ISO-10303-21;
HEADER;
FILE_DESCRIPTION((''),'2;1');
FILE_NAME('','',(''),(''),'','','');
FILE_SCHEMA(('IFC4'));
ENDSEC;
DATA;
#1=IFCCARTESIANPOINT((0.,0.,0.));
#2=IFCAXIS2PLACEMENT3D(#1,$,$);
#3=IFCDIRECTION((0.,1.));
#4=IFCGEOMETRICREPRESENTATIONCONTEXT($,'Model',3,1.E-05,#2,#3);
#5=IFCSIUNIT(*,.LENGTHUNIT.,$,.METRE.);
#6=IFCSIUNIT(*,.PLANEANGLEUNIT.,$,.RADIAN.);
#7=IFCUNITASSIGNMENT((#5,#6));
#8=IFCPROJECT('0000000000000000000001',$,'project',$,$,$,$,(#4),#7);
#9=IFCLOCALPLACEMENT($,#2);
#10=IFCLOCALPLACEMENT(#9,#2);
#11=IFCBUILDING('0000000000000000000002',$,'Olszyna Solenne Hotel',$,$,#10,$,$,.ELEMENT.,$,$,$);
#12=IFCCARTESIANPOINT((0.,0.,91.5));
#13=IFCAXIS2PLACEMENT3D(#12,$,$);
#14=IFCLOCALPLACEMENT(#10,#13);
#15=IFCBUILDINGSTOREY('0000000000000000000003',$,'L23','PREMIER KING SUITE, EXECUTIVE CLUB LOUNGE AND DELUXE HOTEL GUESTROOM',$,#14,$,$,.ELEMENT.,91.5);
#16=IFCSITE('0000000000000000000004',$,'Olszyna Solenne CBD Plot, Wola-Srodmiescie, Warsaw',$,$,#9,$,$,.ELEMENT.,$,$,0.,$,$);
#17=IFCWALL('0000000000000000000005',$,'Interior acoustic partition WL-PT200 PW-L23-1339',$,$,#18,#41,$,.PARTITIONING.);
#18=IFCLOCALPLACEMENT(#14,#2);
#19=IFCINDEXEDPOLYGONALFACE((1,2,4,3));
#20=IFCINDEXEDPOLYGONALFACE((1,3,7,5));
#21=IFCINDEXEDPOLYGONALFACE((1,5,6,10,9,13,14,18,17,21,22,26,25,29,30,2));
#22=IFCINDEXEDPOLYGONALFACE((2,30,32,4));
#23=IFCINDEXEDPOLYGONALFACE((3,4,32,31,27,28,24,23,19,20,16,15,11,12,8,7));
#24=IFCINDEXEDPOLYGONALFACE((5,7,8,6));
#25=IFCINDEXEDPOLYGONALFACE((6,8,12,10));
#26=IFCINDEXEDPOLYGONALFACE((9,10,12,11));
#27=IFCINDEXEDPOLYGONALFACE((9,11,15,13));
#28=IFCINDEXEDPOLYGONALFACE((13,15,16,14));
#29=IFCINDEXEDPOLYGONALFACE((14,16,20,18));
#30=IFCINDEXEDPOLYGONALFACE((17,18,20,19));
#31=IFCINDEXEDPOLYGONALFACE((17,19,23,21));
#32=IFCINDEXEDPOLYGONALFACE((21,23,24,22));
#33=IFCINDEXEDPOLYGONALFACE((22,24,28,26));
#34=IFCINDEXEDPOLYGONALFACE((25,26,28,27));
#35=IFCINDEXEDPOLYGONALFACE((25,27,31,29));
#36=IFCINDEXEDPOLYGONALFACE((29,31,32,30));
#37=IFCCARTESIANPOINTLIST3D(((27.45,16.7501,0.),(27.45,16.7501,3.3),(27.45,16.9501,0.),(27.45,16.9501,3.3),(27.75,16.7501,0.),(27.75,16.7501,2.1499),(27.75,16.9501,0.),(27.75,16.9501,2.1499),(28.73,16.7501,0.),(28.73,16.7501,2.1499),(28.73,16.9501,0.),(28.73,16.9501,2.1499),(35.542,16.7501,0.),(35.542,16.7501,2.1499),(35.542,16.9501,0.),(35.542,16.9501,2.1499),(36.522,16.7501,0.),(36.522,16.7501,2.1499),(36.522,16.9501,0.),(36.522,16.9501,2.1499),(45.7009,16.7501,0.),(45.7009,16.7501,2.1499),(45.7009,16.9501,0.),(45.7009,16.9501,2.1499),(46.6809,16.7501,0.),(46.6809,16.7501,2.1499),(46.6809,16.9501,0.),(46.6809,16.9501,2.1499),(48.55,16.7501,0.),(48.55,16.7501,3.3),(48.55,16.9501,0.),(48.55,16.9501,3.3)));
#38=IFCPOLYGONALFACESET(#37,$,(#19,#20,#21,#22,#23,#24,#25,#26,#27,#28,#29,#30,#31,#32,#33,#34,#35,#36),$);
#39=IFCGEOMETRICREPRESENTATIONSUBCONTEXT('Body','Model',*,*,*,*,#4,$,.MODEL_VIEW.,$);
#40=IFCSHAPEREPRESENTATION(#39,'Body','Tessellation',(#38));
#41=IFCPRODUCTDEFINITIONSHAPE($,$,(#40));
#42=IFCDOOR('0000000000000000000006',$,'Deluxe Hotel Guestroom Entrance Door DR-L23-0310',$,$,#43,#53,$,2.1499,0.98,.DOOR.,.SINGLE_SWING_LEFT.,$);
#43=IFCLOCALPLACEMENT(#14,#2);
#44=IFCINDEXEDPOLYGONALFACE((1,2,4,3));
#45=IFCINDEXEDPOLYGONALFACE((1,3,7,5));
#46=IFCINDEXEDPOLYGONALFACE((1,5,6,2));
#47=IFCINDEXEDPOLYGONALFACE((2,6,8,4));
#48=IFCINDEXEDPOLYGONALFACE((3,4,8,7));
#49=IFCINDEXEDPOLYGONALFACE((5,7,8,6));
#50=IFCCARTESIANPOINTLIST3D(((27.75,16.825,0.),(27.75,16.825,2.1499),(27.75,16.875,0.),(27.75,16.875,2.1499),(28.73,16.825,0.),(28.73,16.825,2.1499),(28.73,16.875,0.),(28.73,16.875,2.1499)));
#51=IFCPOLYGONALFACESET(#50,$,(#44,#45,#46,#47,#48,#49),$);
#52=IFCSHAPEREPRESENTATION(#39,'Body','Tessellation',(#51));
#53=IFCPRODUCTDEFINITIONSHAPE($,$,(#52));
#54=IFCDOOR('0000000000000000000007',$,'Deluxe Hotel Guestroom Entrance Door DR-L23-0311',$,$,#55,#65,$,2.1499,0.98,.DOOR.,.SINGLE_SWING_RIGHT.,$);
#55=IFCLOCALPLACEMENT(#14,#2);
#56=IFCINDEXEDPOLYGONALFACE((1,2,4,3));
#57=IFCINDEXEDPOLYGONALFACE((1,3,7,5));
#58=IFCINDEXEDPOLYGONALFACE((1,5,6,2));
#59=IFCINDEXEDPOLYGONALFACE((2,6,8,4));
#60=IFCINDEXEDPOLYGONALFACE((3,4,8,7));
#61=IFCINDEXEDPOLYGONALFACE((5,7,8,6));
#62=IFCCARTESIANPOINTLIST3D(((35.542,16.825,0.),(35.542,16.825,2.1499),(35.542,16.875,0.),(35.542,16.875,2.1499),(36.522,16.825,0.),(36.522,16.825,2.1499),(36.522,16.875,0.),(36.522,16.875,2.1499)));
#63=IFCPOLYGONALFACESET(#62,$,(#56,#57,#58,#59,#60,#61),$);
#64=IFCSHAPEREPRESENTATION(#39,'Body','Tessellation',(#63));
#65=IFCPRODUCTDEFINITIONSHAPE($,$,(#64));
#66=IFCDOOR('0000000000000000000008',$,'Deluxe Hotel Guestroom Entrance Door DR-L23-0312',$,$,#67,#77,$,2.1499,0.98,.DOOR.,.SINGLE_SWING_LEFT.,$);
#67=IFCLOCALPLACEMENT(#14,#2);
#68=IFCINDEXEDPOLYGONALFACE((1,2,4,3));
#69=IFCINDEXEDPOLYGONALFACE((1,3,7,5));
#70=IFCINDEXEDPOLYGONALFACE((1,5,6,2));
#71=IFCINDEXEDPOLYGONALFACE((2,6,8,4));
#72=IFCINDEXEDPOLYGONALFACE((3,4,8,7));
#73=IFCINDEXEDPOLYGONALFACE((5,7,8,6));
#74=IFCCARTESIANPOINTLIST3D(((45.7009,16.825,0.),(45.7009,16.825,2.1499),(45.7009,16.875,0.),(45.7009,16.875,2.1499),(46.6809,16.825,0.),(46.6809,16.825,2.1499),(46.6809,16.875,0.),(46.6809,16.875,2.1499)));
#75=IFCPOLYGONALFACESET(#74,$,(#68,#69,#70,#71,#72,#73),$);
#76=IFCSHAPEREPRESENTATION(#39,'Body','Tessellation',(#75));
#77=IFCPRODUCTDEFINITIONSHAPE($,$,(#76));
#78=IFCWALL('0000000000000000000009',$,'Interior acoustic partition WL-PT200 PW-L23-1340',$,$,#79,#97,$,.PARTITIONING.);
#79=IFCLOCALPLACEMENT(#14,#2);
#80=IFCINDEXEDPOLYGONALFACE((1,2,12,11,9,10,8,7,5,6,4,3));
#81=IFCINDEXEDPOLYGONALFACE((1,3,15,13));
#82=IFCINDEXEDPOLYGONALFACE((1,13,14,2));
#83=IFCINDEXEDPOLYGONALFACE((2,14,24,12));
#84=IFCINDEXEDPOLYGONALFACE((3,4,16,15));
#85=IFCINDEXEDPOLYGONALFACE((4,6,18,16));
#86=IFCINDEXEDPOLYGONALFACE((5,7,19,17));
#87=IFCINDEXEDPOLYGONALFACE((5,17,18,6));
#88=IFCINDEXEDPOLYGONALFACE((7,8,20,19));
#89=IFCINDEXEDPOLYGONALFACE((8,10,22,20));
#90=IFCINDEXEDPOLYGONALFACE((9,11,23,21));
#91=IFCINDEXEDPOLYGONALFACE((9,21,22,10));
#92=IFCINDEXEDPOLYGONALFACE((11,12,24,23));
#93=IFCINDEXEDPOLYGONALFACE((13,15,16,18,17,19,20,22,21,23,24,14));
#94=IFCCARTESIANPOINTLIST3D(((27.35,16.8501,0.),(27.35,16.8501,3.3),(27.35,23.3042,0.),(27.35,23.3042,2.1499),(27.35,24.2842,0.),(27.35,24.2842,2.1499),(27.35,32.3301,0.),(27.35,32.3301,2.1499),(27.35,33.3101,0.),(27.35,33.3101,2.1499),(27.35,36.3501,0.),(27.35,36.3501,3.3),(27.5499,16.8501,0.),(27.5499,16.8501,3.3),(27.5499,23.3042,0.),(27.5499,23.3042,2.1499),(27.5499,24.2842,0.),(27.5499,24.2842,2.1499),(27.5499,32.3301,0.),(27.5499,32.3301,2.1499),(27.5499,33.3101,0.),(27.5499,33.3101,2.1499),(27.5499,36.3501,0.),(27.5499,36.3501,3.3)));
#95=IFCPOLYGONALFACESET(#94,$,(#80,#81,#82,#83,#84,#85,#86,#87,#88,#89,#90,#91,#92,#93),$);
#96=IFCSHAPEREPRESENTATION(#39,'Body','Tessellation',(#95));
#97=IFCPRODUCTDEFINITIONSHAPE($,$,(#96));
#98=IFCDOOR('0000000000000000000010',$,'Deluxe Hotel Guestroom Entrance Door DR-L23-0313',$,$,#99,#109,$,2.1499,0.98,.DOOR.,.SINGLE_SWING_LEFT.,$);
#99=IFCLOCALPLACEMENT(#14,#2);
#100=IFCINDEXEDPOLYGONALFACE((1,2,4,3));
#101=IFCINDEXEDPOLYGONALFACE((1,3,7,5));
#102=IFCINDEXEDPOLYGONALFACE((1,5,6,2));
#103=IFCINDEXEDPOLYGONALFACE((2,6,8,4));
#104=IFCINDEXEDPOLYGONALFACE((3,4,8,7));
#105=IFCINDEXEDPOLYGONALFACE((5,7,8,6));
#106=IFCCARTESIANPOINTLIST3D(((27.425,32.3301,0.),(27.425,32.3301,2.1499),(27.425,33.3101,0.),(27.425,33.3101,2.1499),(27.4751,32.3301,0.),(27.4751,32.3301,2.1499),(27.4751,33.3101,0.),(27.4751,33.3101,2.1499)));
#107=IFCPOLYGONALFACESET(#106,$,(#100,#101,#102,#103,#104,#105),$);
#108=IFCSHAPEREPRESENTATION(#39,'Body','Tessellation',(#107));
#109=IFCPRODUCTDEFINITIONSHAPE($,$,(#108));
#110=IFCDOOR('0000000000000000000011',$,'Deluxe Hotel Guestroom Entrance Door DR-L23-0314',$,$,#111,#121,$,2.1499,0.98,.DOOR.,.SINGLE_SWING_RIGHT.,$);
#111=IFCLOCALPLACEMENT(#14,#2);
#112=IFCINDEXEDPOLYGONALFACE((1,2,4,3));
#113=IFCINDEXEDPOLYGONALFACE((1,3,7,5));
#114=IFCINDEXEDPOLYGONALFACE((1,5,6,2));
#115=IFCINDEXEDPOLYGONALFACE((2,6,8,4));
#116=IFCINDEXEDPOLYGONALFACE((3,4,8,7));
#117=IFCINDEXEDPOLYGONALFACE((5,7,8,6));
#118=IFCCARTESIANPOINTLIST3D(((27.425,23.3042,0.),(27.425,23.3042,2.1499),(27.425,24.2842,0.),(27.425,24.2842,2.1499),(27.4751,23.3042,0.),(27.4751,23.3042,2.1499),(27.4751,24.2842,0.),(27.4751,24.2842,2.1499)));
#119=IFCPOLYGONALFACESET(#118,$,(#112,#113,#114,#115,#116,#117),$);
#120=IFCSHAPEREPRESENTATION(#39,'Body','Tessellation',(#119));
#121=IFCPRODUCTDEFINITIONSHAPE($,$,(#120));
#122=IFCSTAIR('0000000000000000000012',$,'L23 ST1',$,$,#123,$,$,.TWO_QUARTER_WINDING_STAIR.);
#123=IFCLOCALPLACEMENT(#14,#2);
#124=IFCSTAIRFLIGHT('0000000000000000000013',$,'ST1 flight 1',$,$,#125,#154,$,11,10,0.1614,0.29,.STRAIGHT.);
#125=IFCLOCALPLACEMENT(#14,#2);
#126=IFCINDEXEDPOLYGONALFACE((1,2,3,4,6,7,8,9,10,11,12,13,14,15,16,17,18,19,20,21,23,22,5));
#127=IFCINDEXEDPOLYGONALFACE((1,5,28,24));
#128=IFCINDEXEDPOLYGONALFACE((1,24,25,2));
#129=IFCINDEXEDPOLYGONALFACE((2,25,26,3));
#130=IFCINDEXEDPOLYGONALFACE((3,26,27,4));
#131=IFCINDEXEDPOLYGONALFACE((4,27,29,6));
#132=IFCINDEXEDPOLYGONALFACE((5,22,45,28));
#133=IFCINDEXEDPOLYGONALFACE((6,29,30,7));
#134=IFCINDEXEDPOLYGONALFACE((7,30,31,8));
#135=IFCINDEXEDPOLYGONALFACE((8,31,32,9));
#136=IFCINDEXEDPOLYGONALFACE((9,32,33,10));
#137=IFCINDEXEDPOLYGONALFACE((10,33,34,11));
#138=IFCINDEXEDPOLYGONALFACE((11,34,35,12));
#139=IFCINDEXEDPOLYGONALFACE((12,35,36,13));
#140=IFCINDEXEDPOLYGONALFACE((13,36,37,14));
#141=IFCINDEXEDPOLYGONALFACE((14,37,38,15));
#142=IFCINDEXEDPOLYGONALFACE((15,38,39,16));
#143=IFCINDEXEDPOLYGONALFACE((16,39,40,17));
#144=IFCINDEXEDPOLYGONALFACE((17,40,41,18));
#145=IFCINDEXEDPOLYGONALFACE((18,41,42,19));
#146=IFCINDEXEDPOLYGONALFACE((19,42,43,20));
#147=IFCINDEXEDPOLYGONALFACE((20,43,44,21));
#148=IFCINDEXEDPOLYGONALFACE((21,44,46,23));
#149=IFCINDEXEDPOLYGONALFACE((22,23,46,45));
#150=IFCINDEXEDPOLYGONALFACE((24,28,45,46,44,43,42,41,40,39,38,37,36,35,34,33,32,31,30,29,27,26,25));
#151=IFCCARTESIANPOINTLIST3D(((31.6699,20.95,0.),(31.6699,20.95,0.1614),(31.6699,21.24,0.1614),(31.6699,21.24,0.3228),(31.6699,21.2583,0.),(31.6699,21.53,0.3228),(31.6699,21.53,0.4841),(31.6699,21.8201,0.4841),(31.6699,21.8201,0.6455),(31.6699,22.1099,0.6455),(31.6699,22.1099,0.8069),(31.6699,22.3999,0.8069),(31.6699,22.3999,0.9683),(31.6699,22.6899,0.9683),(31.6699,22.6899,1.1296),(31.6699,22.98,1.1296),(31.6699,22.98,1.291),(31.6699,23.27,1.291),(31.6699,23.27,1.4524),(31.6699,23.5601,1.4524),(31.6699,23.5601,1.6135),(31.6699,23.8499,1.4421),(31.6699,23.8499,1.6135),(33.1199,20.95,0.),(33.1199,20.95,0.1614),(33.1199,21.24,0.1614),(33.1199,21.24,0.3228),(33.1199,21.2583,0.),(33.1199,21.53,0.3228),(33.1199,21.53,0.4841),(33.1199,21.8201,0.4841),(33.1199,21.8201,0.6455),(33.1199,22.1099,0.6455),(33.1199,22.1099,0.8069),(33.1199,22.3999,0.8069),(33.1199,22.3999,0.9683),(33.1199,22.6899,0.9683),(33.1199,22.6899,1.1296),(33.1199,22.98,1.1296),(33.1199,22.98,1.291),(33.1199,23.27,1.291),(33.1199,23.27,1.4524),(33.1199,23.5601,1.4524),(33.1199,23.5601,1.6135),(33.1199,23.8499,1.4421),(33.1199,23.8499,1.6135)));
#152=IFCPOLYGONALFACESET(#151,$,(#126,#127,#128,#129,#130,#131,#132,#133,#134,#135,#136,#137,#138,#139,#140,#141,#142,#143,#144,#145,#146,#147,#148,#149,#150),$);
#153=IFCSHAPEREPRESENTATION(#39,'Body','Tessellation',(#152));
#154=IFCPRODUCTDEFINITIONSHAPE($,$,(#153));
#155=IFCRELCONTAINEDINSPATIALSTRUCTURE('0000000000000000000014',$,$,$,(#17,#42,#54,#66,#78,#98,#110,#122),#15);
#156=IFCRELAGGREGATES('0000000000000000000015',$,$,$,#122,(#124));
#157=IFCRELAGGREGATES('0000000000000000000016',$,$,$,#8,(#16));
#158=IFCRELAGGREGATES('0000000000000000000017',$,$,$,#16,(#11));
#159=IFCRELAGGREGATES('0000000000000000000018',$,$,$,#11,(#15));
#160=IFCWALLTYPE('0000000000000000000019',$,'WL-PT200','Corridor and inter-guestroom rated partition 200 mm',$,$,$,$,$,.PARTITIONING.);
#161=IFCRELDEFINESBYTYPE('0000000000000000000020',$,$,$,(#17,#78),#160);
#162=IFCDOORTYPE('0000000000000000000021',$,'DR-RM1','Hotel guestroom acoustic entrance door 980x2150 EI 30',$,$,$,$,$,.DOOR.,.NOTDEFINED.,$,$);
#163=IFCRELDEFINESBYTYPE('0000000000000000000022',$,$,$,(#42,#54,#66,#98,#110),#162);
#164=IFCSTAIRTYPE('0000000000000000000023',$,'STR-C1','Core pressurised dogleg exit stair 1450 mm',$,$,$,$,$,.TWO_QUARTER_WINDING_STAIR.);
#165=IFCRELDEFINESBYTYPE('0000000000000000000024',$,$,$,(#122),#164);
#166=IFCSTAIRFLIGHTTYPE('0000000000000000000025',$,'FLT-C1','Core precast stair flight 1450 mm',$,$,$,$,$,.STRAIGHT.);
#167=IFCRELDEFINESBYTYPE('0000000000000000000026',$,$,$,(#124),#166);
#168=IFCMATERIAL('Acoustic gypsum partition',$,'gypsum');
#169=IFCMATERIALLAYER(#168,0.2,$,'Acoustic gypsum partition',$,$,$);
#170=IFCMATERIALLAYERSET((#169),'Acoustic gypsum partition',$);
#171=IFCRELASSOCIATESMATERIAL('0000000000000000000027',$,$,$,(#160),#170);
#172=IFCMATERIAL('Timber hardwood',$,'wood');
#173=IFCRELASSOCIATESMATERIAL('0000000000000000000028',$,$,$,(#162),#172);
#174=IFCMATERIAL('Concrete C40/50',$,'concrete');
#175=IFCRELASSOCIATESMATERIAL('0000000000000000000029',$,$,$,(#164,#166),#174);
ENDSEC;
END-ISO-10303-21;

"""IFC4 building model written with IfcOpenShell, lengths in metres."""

from ifc_helpers import new_model, si_unit, direction, frame, frame_2d, origin, place, context, subcontext, project, spatial, polyline, rectangle, outline, extrude, source, transform, mapped, material, layer, layer_set, type_object, type_shapes, element, fill, aggregate, save


model = new_model("IFC4")

# Units and contexts
model_context = context("Model", 3, precision=1e-05, world=origin(), true_north=direction((0.0, 1.0)))
body_context = subcontext(model_context, "Body", "Model", "MODEL_VIEW")
ifc_project = project(units=[si_unit("LENGTHUNIT", "METRE"), si_unit("PLANEANGLEUNIT", "RADIAN")], contexts=[model_context])

# Site, building, storey
site_placement = place(None, origin())
site = spatial("IfcSite", under=ifc_project, at=site_placement, Name="Olszyna Solenne CBD Plot, Wola-Srodmiescie, Warsaw", CompositionType="ELEMENT", RefElevation=0.0)
building_placement = place(site_placement, origin())
building = spatial("IfcBuilding", under=site, at=building_placement, Name="Olszyna Solenne Hotel", CompositionType="ELEMENT")
storey_placement = place(building_placement, frame((0.0, 0.0, 91.5)))
storey = spatial("IfcBuildingStorey", under=building, at=storey_placement, Name="L23", Description="PREMIER KING SUITE, EXECUTIVE CLUB LOUNGE AND DELUXE HOTEL GUESTROOM", CompositionType="ELEMENT", Elevation=91.5)

# Shared definitions
ifc_material_1 = material(Name="Timber hardwood", Category="wood")

# Shared definitions
ifc_material_2 = material(Name="Acoustic gypsum partition", Category="gypsum")

# Shared definitions
ifc_layer_1 = layer(ifc_material_2, 0.2, Name="Acoustic gypsum partition")
ifc_layer_set_1 = layer_set([ifc_layer_1], Name="Acoustic gypsum partition")
wall_type_1 = type_object("IfcWallType", Name="WL-PT200", Description="Corridor and inter-guestroom rated partition 200 mm", PredefinedType="PARTITIONING", material=ifc_layer_set_1)

# Walls, openings, doors
wall_1_placement = place(storey_placement, frame((27.45, 16.8501, 0.0), z_axis=(0.0, 0.0, 1.0), x_axis=(1.0, 0.0, 0.0)))
wall_1 = element("IfcWall", 1, at=wall_1_placement, inside=storey, type_object=wall_type_1, Name="Interior acoustic partition WL-PT200 PW-L23-1339", PredefinedType="PARTITIONING", context=body_context, shape_type="SweptSolid", body=[
    extrude(rectangle(XDim=21.1001, YDim=0.2, at=frame_2d((10.55, 0.0))), origin(), (0.0, 0.0, 1.0), 3.3),
])
opening_1_placement = place(wall_1_placement, frame((0.3, 0.0, 0.0)))
opening_1 = element("IfcOpeningElement", 2, at=opening_1_placement, cuts=wall_1, PredefinedType="OPENING", context=body_context, shape_type="SweptSolid", body=[
    extrude(rectangle(XDim=0.98, YDim=2.1499, at=frame_2d((0.49, 1.075))), frame((0.0, 0.1099, 0.0), z_axis=(0.0, -1.0, 0.0), x_axis=(1.0, 0.0, 0.0)), (0.0, 0.0, 1.0), 0.22),
])
opening_2_placement = place(wall_1_placement, frame((8.092, 0.0, 0.0)))
opening_2 = element("IfcOpeningElement", 3, at=opening_2_placement, cuts=wall_1, PredefinedType="OPENING", context=body_context, shape_type="SweptSolid", body=[
    extrude(rectangle(XDim=0.98, YDim=2.1499, at=frame_2d((0.49, 1.075))), frame((0.0, 0.1099, 0.0), z_axis=(0.0, -1.0, 0.0), x_axis=(1.0, 0.0, 0.0)), (0.0, 0.0, 1.0), 0.22),
])
opening_3_placement = place(wall_1_placement, frame((18.251, 0.0, 0.0)))
opening_3 = element("IfcOpeningElement", 4, at=opening_3_placement, cuts=wall_1, PredefinedType="OPENING", context=body_context, shape_type="SweptSolid", body=[
    extrude(rectangle(XDim=0.98, YDim=2.1499, at=frame_2d((0.49, 1.075))), frame((0.0, 0.1099, 0.0), z_axis=(0.0, -1.0, 0.0), x_axis=(1.0, 0.0, 0.0)), (0.0, 0.0, 1.0), 0.22),
])
door_type_1 = type_object("IfcDoorType", Name="DR-RM1", Description="Hotel guestroom acoustic entrance door 980x2150 EI 30", OperationType="NOTDEFINED", PredefinedType="DOOR", material=ifc_material_1)
shared_shape_1 = source(origin(), body_context, "Body", "SweptSolid", [
    extrude(rectangle(XDim=0.98, YDim=2.1499, at=frame_2d((0.49, 1.075))), frame((0.0, 0.0249, 0.0), z_axis=(0.0, -1.0, 0.0), x_axis=(1.0, 0.0, 0.0)), (0.0, 0.0, 1.0), 0.05),
])
type_shapes(door_type_1, [shared_shape_1])
door_1_placement = place(opening_1_placement, origin())
door_1 = element("IfcDoor", 5, at=door_1_placement, inside=storey, type_object=door_type_1, Name="Deluxe Hotel Guestroom Entrance Door DR-L23-0310", OperationType="SINGLE_SWING_LEFT", OverallHeight=2.1499, OverallWidth=0.98, PredefinedType="DOOR", context=body_context, shape_type="MappedRepresentation", body=[
    mapped(shared_shape_1, transform((0.0, 0.0, 0.0), x_axis=(1.0, 0.0, 0.0), y_axis=(0.0, 1.0, 0.0), z_axis=(0.0, 0.0, 1.0), scale=1.0)),
])
fill(opening_1, door_1)
door_2_placement = place(opening_2_placement, origin())
door_2 = element("IfcDoor", 6, at=door_2_placement, inside=storey, type_object=door_type_1, Name="Deluxe Hotel Guestroom Entrance Door DR-L23-0311", OperationType="SINGLE_SWING_RIGHT", OverallHeight=2.1499, OverallWidth=0.98, PredefinedType="DOOR", context=body_context, shape_type="MappedRepresentation", body=[
    mapped(shared_shape_1, transform((0.0, 0.0, 0.0), x_axis=(1.0, 0.0, 0.0), y_axis=(0.0, 1.0, 0.0), z_axis=(0.0, 0.0, 1.0), scale=1.0)),
])
fill(opening_2, door_2)
door_3_placement = place(opening_3_placement, origin())
door_3 = element("IfcDoor", 7, at=door_3_placement, inside=storey, type_object=door_type_1, Name="Deluxe Hotel Guestroom Entrance Door DR-L23-0312", OperationType="SINGLE_SWING_LEFT", OverallHeight=2.1499, OverallWidth=0.98, PredefinedType="DOOR", context=body_context, shape_type="MappedRepresentation", body=[
    mapped(shared_shape_1, transform((0.0, 0.0, 0.0), x_axis=(1.0, 0.0, 0.0), y_axis=(0.0, 1.0, 0.0), z_axis=(0.0, 0.0, 1.0), scale=1.0)),
])
fill(opening_3, door_3)
wall_2_placement = place(storey_placement, frame((27.45, 16.8501, 0.0), z_axis=(0.0, 0.0, 1.0), x_axis=(0.0, 1.0, 0.0)))
wall_2 = element("IfcWall", 8, at=wall_2_placement, inside=storey, type_object=wall_type_1, Name="Interior acoustic partition WL-PT200 PW-L23-1340", PredefinedType="PARTITIONING", context=body_context, shape_type="SweptSolid", body=[
    extrude(rectangle(XDim=19.5, YDim=0.2, at=frame_2d((9.75, 0.0))), origin(), (0.0, 0.0, 1.0), 3.3),
])
opening_4_placement = place(wall_2_placement, frame((15.48, 0.0, 0.0)))
opening_4 = element("IfcOpeningElement", 9, at=opening_4_placement, cuts=wall_2, PredefinedType="OPENING", context=body_context, shape_type="SweptSolid", body=[
    extrude(rectangle(XDim=0.98, YDim=2.1499, at=frame_2d((0.49, 1.075))), frame((0.0, 0.1099, 0.0), z_axis=(0.0, -1.0, 0.0), x_axis=(1.0, 0.0, 0.0)), (0.0, 0.0, 1.0), 0.22),
])
opening_5_placement = place(wall_2_placement, frame((6.4541, 0.0, 0.0)))
opening_5 = element("IfcOpeningElement", 10, at=opening_5_placement, cuts=wall_2, PredefinedType="OPENING", context=body_context, shape_type="SweptSolid", body=[
    extrude(rectangle(XDim=0.98, YDim=2.1499, at=frame_2d((0.49, 1.075))), frame((0.0, 0.1099, 0.0), z_axis=(0.0, -1.0, 0.0), x_axis=(1.0, 0.0, 0.0)), (0.0, 0.0, 1.0), 0.22),
])
door_4_placement = place(opening_4_placement, origin())
door_4 = element("IfcDoor", 11, at=door_4_placement, inside=storey, type_object=door_type_1, Name="Deluxe Hotel Guestroom Entrance Door DR-L23-0313", OperationType="SINGLE_SWING_LEFT", OverallHeight=2.1499, OverallWidth=0.98, PredefinedType="DOOR", context=body_context, shape_type="MappedRepresentation", body=[
    mapped(shared_shape_1, transform((0.0, 0.0, 0.0), x_axis=(1.0, 0.0, 0.0), y_axis=(0.0, 1.0, 0.0), z_axis=(0.0, 0.0, 1.0), scale=1.0)),
])
fill(opening_4, door_4)
door_5_placement = place(opening_5_placement, origin())
door_5 = element("IfcDoor", 12, at=door_5_placement, inside=storey, type_object=door_type_1, Name="Deluxe Hotel Guestroom Entrance Door DR-L23-0314", OperationType="SINGLE_SWING_RIGHT", OverallHeight=2.1499, OverallWidth=0.98, PredefinedType="DOOR", context=body_context, shape_type="MappedRepresentation", body=[
    mapped(shared_shape_1, transform((0.0, 0.0, 0.0), x_axis=(1.0, 0.0, 0.0), y_axis=(0.0, 1.0, 0.0), z_axis=(0.0, 0.0, 1.0), scale=1.0)),
])
fill(opening_5, door_5)

# Stair, stair flight
ifc_material_3 = material(Name="Concrete C40/50", Category="concrete")
stair_type = type_object("IfcStairType", Name="STR-C1", Description="Core pressurised dogleg exit stair 1450 mm", PredefinedType="TWO_QUARTER_WINDING_STAIR", material=ifc_material_3)
stair_placement = place(storey_placement, origin())
stair = element("IfcStair", 13, at=stair_placement, inside=storey, type_object=stair_type, Name="L23 ST1", PredefinedType="TWO_QUARTER_WINDING_STAIR")
stair_flight_type = type_object("IfcStairFlightType", Name="FLT-C1", Description="Core precast stair flight 1450 mm", PredefinedType="STRAIGHT", material=ifc_material_3)
stair_flight_placement = place(storey_placement, frame((32.395, 20.95, 0.0), z_axis=(0.0, 0.0, 1.0), x_axis=(0.0, 1.0, 0.0)))
stair_flight = element("IfcStairFlight", 14, at=stair_flight_placement, type_object=stair_flight_type, Name="ST1 flight 1", NumberOfRisers=11, NumberOfTreads=10, PredefinedType="STRAIGHT", RiserHeight=0.1614, TreadLength=0.29, context=body_context, shape_type="SweptSolid", body=[
    extrude(outline(polyline([(0.0, 0.0), (0.0, 0.1614), (0.29, 0.1614), (0.29, 0.3228), (0.5801, 0.3228), (0.5801, 0.4841), (0.8701, 0.4841), (0.8701, 0.6455), (1.1599, 0.6455), (1.1599, 0.8069), (1.45, 0.8069), (1.45, 0.9683), (1.74, 0.9683), (1.74, 1.1296), (2.03, 1.1296), (2.03, 1.291), (2.3201, 1.291), (2.3201, 1.4524), (2.6101, 1.4524), (2.6101, 1.6135), (2.8999, 1.6135), (2.8999, 1.7749), (2.8999, 1.4421), (0.3083, 0.0), (0.0, 0.0)])), frame((0.0, 0.7251, 0.0), z_axis=(0.0, -1.0, 0.0), x_axis=(1.0, 0.0, 0.0)), (0.0, 0.0, 1.0), 1.45),
])
aggregate(stair, [stair_flight])

save(model, "model.ifc")
